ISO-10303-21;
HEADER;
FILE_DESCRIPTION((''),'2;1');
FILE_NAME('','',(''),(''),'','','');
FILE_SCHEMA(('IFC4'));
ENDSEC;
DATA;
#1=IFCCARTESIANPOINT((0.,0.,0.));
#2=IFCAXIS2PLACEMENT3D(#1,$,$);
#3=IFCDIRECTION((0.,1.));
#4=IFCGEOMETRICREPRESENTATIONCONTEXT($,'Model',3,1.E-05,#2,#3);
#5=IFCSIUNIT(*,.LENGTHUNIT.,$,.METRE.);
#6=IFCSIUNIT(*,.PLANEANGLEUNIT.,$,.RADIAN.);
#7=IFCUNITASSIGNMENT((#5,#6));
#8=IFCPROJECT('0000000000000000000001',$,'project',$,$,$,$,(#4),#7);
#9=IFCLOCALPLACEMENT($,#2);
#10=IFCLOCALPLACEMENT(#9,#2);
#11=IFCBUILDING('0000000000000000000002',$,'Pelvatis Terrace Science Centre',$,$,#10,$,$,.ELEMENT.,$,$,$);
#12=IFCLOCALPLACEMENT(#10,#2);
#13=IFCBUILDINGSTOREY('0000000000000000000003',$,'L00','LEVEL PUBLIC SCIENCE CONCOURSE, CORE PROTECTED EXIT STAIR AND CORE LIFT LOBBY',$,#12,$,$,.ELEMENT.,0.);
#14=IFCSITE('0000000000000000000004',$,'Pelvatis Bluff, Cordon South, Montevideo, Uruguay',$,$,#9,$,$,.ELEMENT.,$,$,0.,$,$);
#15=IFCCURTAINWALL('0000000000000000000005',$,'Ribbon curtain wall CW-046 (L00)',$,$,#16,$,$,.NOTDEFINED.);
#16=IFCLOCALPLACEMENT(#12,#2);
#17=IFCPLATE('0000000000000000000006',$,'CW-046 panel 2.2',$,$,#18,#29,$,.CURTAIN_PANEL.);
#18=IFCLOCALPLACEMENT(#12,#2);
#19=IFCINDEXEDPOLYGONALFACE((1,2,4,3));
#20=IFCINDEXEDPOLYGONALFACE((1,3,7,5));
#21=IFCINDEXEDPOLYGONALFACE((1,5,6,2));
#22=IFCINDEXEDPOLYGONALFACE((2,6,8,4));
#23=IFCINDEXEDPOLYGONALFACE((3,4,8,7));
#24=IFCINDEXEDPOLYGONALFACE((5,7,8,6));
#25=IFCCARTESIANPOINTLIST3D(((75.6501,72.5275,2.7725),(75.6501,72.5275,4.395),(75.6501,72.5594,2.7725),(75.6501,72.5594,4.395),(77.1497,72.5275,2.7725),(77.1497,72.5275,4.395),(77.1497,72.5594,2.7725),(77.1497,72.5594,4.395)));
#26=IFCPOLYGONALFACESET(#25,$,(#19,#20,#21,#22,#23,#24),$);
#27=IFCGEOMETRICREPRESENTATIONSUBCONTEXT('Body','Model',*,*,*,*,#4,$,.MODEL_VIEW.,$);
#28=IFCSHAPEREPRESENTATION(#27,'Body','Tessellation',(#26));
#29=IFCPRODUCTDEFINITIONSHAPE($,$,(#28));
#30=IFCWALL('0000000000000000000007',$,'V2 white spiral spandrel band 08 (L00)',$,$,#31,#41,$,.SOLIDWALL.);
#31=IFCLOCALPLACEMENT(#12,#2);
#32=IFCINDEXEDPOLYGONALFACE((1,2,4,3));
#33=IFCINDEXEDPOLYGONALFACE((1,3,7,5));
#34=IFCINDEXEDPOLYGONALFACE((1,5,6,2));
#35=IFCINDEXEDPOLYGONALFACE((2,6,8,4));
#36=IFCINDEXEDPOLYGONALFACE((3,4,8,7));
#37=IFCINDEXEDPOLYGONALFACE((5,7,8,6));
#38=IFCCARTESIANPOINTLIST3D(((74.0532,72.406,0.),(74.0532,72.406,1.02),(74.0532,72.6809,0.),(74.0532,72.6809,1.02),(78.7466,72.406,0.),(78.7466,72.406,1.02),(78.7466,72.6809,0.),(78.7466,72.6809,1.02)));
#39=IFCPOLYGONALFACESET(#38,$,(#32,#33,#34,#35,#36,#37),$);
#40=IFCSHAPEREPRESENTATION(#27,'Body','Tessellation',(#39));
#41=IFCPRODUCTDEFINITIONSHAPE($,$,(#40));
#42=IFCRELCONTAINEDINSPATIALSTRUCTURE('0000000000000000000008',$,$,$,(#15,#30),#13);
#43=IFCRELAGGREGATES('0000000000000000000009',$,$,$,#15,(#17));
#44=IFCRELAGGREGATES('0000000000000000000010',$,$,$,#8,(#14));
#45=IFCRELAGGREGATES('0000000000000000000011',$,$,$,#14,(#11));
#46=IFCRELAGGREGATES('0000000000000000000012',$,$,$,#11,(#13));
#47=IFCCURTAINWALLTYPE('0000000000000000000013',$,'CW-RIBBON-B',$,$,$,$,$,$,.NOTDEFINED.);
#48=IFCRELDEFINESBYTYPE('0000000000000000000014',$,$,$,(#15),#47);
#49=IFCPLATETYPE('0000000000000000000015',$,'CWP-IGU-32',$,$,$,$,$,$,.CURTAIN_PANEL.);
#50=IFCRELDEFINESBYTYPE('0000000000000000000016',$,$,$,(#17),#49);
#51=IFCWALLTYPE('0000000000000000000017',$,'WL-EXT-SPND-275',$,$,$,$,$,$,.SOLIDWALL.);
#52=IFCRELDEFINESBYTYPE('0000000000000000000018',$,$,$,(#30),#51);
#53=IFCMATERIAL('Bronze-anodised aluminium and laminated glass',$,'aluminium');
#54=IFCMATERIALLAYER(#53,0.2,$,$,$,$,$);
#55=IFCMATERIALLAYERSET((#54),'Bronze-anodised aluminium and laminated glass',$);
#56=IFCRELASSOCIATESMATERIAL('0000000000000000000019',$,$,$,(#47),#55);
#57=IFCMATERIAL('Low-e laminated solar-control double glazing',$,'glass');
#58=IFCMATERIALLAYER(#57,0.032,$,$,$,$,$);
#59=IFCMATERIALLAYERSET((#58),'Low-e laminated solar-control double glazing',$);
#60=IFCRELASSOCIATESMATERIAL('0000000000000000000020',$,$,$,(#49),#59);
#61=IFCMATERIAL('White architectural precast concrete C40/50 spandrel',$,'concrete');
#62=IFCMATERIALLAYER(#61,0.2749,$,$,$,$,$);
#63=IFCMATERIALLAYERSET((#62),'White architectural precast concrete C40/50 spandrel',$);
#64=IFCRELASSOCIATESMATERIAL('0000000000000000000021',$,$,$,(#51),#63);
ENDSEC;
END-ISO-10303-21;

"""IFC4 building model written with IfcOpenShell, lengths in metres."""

from ifc_helpers import new_model, si_unit, direction, frame, frame_2d, origin, origin_2d, place, context, subcontext, project, spatial, rectangle, extrude, material, layer, layer_set, type_object, element, aggregate, save


model = new_model("IFC4")

# Units and contexts
model_context = context("Model", 3, precision=1e-05, world=origin(), true_north=direction((0.0, 1.0)))
body_context = subcontext(model_context, "Body", "Model", "MODEL_VIEW")
ifc_project = project(units=[si_unit("LENGTHUNIT", "METRE"), si_unit("PLANEANGLEUNIT", "RADIAN")], contexts=[model_context])

# Site, building, storey
site_placement = place(None, origin())
site = spatial("IfcSite", under=ifc_project, at=site_placement, Name="Pelvatis Bluff, Cordon South, Montevideo, Uruguay", CompositionType="ELEMENT", RefElevation=0.0)
building_placement = place(site_placement, origin())
building = spatial("IfcBuilding", under=site, at=building_placement, Name="Pelvatis Terrace Science Centre", CompositionType="ELEMENT")
storey_placement = place(building_placement, origin())
storey = spatial("IfcBuildingStorey", under=building, at=storey_placement, Name="L00", Description="LEVEL PUBLIC SCIENCE CONCOURSE, CORE PROTECTED EXIT STAIR AND CORE LIFT LOBBY", CompositionType="ELEMENT", Elevation=0.0)

# Curtain wall
ifc_material_1 = material(Name="Bronze-anodised aluminium and laminated glass", Category="aluminium")
ifc_layer_1 = layer(ifc_material_1, 0.2)
ifc_layer_set_1 = layer_set([ifc_layer_1], Name="Bronze-anodised aluminium and laminated glass")
curtain_wall_type = type_object("IfcCurtainWallType", Name="CW-RIBBON-B", PredefinedType="NOTDEFINED", material=ifc_layer_set_1)
curtain_wall_1_placement = place(storey_placement, origin())
curtain_wall_1 = element("IfcCurtainWall", 1, at=curtain_wall_1_placement, inside=storey, type_object=curtain_wall_type, Name="Ribbon curtain wall CW-046 (L00)", PredefinedType="NOTDEFINED")

# Plate
ifc_material_2 = material(Name="Low-e laminated solar-control double glazing", Category="glass")
ifc_layer_2 = layer(ifc_material_2, 0.032)
ifc_layer_set_2 = layer_set([ifc_layer_2], Name="Low-e laminated solar-control double glazing")
plate_type = type_object("IfcPlateType", Name="CWP-IGU-32", PredefinedType="CURTAIN_PANEL", material=ifc_layer_set_2)
plate_1_placement = place(storey_placement, frame((76.3999, 72.5435, 2.7725), z_axis=(0.0, 0.0, 1.0), x_axis=(-1.0, 0.0, 0.0)))
plate_1 = element("IfcPlate", 2, at=plate_1_placement, type_object=plate_type, Name="CW-046 panel 2.2", PredefinedType="CURTAIN_PANEL", context=body_context, shape_type="SweptSolid", body=[
    extrude(rectangle(XDim=1.4995, YDim=0.032, at=origin_2d()), origin(), (0.0, 0.0, 1.0), 1.6226),
])
aggregate(curtain_wall_1, [plate_1])

# Wall
ifc_material_3 = material(Name="White architectural precast concrete C40/50 spandrel", Category="concrete")
ifc_layer_3 = layer(ifc_material_3, 0.2749)
ifc_layer_set_3 = layer_set([ifc_layer_3], Name="White architectural precast concrete C40/50 spandrel")
wall_type = type_object("IfcWallType", Name="WL-EXT-SPND-275", PredefinedType="SOLIDWALL", material=ifc_layer_set_3)
wall_placement = place(storey_placement, frame((78.7466, 72.5435, 0.0), z_axis=(0.0, 0.0, 1.0), x_axis=(-1.0, 0.0, 0.0)))
element("IfcWall", 3, at=wall_placement, inside=storey, type_object=wall_type, Name="V2 white spiral spandrel band 08 (L00)", PredefinedType="SOLIDWALL", context=body_context, shape_type="SweptSolid", body=[
    extrude(rectangle(XDim=4.6934, YDim=0.2749, at=frame_2d((2.3467, 0.0))), origin(), (0.0, 0.0, 1.0), 1.02),
])

save(model, "model.ifc")
